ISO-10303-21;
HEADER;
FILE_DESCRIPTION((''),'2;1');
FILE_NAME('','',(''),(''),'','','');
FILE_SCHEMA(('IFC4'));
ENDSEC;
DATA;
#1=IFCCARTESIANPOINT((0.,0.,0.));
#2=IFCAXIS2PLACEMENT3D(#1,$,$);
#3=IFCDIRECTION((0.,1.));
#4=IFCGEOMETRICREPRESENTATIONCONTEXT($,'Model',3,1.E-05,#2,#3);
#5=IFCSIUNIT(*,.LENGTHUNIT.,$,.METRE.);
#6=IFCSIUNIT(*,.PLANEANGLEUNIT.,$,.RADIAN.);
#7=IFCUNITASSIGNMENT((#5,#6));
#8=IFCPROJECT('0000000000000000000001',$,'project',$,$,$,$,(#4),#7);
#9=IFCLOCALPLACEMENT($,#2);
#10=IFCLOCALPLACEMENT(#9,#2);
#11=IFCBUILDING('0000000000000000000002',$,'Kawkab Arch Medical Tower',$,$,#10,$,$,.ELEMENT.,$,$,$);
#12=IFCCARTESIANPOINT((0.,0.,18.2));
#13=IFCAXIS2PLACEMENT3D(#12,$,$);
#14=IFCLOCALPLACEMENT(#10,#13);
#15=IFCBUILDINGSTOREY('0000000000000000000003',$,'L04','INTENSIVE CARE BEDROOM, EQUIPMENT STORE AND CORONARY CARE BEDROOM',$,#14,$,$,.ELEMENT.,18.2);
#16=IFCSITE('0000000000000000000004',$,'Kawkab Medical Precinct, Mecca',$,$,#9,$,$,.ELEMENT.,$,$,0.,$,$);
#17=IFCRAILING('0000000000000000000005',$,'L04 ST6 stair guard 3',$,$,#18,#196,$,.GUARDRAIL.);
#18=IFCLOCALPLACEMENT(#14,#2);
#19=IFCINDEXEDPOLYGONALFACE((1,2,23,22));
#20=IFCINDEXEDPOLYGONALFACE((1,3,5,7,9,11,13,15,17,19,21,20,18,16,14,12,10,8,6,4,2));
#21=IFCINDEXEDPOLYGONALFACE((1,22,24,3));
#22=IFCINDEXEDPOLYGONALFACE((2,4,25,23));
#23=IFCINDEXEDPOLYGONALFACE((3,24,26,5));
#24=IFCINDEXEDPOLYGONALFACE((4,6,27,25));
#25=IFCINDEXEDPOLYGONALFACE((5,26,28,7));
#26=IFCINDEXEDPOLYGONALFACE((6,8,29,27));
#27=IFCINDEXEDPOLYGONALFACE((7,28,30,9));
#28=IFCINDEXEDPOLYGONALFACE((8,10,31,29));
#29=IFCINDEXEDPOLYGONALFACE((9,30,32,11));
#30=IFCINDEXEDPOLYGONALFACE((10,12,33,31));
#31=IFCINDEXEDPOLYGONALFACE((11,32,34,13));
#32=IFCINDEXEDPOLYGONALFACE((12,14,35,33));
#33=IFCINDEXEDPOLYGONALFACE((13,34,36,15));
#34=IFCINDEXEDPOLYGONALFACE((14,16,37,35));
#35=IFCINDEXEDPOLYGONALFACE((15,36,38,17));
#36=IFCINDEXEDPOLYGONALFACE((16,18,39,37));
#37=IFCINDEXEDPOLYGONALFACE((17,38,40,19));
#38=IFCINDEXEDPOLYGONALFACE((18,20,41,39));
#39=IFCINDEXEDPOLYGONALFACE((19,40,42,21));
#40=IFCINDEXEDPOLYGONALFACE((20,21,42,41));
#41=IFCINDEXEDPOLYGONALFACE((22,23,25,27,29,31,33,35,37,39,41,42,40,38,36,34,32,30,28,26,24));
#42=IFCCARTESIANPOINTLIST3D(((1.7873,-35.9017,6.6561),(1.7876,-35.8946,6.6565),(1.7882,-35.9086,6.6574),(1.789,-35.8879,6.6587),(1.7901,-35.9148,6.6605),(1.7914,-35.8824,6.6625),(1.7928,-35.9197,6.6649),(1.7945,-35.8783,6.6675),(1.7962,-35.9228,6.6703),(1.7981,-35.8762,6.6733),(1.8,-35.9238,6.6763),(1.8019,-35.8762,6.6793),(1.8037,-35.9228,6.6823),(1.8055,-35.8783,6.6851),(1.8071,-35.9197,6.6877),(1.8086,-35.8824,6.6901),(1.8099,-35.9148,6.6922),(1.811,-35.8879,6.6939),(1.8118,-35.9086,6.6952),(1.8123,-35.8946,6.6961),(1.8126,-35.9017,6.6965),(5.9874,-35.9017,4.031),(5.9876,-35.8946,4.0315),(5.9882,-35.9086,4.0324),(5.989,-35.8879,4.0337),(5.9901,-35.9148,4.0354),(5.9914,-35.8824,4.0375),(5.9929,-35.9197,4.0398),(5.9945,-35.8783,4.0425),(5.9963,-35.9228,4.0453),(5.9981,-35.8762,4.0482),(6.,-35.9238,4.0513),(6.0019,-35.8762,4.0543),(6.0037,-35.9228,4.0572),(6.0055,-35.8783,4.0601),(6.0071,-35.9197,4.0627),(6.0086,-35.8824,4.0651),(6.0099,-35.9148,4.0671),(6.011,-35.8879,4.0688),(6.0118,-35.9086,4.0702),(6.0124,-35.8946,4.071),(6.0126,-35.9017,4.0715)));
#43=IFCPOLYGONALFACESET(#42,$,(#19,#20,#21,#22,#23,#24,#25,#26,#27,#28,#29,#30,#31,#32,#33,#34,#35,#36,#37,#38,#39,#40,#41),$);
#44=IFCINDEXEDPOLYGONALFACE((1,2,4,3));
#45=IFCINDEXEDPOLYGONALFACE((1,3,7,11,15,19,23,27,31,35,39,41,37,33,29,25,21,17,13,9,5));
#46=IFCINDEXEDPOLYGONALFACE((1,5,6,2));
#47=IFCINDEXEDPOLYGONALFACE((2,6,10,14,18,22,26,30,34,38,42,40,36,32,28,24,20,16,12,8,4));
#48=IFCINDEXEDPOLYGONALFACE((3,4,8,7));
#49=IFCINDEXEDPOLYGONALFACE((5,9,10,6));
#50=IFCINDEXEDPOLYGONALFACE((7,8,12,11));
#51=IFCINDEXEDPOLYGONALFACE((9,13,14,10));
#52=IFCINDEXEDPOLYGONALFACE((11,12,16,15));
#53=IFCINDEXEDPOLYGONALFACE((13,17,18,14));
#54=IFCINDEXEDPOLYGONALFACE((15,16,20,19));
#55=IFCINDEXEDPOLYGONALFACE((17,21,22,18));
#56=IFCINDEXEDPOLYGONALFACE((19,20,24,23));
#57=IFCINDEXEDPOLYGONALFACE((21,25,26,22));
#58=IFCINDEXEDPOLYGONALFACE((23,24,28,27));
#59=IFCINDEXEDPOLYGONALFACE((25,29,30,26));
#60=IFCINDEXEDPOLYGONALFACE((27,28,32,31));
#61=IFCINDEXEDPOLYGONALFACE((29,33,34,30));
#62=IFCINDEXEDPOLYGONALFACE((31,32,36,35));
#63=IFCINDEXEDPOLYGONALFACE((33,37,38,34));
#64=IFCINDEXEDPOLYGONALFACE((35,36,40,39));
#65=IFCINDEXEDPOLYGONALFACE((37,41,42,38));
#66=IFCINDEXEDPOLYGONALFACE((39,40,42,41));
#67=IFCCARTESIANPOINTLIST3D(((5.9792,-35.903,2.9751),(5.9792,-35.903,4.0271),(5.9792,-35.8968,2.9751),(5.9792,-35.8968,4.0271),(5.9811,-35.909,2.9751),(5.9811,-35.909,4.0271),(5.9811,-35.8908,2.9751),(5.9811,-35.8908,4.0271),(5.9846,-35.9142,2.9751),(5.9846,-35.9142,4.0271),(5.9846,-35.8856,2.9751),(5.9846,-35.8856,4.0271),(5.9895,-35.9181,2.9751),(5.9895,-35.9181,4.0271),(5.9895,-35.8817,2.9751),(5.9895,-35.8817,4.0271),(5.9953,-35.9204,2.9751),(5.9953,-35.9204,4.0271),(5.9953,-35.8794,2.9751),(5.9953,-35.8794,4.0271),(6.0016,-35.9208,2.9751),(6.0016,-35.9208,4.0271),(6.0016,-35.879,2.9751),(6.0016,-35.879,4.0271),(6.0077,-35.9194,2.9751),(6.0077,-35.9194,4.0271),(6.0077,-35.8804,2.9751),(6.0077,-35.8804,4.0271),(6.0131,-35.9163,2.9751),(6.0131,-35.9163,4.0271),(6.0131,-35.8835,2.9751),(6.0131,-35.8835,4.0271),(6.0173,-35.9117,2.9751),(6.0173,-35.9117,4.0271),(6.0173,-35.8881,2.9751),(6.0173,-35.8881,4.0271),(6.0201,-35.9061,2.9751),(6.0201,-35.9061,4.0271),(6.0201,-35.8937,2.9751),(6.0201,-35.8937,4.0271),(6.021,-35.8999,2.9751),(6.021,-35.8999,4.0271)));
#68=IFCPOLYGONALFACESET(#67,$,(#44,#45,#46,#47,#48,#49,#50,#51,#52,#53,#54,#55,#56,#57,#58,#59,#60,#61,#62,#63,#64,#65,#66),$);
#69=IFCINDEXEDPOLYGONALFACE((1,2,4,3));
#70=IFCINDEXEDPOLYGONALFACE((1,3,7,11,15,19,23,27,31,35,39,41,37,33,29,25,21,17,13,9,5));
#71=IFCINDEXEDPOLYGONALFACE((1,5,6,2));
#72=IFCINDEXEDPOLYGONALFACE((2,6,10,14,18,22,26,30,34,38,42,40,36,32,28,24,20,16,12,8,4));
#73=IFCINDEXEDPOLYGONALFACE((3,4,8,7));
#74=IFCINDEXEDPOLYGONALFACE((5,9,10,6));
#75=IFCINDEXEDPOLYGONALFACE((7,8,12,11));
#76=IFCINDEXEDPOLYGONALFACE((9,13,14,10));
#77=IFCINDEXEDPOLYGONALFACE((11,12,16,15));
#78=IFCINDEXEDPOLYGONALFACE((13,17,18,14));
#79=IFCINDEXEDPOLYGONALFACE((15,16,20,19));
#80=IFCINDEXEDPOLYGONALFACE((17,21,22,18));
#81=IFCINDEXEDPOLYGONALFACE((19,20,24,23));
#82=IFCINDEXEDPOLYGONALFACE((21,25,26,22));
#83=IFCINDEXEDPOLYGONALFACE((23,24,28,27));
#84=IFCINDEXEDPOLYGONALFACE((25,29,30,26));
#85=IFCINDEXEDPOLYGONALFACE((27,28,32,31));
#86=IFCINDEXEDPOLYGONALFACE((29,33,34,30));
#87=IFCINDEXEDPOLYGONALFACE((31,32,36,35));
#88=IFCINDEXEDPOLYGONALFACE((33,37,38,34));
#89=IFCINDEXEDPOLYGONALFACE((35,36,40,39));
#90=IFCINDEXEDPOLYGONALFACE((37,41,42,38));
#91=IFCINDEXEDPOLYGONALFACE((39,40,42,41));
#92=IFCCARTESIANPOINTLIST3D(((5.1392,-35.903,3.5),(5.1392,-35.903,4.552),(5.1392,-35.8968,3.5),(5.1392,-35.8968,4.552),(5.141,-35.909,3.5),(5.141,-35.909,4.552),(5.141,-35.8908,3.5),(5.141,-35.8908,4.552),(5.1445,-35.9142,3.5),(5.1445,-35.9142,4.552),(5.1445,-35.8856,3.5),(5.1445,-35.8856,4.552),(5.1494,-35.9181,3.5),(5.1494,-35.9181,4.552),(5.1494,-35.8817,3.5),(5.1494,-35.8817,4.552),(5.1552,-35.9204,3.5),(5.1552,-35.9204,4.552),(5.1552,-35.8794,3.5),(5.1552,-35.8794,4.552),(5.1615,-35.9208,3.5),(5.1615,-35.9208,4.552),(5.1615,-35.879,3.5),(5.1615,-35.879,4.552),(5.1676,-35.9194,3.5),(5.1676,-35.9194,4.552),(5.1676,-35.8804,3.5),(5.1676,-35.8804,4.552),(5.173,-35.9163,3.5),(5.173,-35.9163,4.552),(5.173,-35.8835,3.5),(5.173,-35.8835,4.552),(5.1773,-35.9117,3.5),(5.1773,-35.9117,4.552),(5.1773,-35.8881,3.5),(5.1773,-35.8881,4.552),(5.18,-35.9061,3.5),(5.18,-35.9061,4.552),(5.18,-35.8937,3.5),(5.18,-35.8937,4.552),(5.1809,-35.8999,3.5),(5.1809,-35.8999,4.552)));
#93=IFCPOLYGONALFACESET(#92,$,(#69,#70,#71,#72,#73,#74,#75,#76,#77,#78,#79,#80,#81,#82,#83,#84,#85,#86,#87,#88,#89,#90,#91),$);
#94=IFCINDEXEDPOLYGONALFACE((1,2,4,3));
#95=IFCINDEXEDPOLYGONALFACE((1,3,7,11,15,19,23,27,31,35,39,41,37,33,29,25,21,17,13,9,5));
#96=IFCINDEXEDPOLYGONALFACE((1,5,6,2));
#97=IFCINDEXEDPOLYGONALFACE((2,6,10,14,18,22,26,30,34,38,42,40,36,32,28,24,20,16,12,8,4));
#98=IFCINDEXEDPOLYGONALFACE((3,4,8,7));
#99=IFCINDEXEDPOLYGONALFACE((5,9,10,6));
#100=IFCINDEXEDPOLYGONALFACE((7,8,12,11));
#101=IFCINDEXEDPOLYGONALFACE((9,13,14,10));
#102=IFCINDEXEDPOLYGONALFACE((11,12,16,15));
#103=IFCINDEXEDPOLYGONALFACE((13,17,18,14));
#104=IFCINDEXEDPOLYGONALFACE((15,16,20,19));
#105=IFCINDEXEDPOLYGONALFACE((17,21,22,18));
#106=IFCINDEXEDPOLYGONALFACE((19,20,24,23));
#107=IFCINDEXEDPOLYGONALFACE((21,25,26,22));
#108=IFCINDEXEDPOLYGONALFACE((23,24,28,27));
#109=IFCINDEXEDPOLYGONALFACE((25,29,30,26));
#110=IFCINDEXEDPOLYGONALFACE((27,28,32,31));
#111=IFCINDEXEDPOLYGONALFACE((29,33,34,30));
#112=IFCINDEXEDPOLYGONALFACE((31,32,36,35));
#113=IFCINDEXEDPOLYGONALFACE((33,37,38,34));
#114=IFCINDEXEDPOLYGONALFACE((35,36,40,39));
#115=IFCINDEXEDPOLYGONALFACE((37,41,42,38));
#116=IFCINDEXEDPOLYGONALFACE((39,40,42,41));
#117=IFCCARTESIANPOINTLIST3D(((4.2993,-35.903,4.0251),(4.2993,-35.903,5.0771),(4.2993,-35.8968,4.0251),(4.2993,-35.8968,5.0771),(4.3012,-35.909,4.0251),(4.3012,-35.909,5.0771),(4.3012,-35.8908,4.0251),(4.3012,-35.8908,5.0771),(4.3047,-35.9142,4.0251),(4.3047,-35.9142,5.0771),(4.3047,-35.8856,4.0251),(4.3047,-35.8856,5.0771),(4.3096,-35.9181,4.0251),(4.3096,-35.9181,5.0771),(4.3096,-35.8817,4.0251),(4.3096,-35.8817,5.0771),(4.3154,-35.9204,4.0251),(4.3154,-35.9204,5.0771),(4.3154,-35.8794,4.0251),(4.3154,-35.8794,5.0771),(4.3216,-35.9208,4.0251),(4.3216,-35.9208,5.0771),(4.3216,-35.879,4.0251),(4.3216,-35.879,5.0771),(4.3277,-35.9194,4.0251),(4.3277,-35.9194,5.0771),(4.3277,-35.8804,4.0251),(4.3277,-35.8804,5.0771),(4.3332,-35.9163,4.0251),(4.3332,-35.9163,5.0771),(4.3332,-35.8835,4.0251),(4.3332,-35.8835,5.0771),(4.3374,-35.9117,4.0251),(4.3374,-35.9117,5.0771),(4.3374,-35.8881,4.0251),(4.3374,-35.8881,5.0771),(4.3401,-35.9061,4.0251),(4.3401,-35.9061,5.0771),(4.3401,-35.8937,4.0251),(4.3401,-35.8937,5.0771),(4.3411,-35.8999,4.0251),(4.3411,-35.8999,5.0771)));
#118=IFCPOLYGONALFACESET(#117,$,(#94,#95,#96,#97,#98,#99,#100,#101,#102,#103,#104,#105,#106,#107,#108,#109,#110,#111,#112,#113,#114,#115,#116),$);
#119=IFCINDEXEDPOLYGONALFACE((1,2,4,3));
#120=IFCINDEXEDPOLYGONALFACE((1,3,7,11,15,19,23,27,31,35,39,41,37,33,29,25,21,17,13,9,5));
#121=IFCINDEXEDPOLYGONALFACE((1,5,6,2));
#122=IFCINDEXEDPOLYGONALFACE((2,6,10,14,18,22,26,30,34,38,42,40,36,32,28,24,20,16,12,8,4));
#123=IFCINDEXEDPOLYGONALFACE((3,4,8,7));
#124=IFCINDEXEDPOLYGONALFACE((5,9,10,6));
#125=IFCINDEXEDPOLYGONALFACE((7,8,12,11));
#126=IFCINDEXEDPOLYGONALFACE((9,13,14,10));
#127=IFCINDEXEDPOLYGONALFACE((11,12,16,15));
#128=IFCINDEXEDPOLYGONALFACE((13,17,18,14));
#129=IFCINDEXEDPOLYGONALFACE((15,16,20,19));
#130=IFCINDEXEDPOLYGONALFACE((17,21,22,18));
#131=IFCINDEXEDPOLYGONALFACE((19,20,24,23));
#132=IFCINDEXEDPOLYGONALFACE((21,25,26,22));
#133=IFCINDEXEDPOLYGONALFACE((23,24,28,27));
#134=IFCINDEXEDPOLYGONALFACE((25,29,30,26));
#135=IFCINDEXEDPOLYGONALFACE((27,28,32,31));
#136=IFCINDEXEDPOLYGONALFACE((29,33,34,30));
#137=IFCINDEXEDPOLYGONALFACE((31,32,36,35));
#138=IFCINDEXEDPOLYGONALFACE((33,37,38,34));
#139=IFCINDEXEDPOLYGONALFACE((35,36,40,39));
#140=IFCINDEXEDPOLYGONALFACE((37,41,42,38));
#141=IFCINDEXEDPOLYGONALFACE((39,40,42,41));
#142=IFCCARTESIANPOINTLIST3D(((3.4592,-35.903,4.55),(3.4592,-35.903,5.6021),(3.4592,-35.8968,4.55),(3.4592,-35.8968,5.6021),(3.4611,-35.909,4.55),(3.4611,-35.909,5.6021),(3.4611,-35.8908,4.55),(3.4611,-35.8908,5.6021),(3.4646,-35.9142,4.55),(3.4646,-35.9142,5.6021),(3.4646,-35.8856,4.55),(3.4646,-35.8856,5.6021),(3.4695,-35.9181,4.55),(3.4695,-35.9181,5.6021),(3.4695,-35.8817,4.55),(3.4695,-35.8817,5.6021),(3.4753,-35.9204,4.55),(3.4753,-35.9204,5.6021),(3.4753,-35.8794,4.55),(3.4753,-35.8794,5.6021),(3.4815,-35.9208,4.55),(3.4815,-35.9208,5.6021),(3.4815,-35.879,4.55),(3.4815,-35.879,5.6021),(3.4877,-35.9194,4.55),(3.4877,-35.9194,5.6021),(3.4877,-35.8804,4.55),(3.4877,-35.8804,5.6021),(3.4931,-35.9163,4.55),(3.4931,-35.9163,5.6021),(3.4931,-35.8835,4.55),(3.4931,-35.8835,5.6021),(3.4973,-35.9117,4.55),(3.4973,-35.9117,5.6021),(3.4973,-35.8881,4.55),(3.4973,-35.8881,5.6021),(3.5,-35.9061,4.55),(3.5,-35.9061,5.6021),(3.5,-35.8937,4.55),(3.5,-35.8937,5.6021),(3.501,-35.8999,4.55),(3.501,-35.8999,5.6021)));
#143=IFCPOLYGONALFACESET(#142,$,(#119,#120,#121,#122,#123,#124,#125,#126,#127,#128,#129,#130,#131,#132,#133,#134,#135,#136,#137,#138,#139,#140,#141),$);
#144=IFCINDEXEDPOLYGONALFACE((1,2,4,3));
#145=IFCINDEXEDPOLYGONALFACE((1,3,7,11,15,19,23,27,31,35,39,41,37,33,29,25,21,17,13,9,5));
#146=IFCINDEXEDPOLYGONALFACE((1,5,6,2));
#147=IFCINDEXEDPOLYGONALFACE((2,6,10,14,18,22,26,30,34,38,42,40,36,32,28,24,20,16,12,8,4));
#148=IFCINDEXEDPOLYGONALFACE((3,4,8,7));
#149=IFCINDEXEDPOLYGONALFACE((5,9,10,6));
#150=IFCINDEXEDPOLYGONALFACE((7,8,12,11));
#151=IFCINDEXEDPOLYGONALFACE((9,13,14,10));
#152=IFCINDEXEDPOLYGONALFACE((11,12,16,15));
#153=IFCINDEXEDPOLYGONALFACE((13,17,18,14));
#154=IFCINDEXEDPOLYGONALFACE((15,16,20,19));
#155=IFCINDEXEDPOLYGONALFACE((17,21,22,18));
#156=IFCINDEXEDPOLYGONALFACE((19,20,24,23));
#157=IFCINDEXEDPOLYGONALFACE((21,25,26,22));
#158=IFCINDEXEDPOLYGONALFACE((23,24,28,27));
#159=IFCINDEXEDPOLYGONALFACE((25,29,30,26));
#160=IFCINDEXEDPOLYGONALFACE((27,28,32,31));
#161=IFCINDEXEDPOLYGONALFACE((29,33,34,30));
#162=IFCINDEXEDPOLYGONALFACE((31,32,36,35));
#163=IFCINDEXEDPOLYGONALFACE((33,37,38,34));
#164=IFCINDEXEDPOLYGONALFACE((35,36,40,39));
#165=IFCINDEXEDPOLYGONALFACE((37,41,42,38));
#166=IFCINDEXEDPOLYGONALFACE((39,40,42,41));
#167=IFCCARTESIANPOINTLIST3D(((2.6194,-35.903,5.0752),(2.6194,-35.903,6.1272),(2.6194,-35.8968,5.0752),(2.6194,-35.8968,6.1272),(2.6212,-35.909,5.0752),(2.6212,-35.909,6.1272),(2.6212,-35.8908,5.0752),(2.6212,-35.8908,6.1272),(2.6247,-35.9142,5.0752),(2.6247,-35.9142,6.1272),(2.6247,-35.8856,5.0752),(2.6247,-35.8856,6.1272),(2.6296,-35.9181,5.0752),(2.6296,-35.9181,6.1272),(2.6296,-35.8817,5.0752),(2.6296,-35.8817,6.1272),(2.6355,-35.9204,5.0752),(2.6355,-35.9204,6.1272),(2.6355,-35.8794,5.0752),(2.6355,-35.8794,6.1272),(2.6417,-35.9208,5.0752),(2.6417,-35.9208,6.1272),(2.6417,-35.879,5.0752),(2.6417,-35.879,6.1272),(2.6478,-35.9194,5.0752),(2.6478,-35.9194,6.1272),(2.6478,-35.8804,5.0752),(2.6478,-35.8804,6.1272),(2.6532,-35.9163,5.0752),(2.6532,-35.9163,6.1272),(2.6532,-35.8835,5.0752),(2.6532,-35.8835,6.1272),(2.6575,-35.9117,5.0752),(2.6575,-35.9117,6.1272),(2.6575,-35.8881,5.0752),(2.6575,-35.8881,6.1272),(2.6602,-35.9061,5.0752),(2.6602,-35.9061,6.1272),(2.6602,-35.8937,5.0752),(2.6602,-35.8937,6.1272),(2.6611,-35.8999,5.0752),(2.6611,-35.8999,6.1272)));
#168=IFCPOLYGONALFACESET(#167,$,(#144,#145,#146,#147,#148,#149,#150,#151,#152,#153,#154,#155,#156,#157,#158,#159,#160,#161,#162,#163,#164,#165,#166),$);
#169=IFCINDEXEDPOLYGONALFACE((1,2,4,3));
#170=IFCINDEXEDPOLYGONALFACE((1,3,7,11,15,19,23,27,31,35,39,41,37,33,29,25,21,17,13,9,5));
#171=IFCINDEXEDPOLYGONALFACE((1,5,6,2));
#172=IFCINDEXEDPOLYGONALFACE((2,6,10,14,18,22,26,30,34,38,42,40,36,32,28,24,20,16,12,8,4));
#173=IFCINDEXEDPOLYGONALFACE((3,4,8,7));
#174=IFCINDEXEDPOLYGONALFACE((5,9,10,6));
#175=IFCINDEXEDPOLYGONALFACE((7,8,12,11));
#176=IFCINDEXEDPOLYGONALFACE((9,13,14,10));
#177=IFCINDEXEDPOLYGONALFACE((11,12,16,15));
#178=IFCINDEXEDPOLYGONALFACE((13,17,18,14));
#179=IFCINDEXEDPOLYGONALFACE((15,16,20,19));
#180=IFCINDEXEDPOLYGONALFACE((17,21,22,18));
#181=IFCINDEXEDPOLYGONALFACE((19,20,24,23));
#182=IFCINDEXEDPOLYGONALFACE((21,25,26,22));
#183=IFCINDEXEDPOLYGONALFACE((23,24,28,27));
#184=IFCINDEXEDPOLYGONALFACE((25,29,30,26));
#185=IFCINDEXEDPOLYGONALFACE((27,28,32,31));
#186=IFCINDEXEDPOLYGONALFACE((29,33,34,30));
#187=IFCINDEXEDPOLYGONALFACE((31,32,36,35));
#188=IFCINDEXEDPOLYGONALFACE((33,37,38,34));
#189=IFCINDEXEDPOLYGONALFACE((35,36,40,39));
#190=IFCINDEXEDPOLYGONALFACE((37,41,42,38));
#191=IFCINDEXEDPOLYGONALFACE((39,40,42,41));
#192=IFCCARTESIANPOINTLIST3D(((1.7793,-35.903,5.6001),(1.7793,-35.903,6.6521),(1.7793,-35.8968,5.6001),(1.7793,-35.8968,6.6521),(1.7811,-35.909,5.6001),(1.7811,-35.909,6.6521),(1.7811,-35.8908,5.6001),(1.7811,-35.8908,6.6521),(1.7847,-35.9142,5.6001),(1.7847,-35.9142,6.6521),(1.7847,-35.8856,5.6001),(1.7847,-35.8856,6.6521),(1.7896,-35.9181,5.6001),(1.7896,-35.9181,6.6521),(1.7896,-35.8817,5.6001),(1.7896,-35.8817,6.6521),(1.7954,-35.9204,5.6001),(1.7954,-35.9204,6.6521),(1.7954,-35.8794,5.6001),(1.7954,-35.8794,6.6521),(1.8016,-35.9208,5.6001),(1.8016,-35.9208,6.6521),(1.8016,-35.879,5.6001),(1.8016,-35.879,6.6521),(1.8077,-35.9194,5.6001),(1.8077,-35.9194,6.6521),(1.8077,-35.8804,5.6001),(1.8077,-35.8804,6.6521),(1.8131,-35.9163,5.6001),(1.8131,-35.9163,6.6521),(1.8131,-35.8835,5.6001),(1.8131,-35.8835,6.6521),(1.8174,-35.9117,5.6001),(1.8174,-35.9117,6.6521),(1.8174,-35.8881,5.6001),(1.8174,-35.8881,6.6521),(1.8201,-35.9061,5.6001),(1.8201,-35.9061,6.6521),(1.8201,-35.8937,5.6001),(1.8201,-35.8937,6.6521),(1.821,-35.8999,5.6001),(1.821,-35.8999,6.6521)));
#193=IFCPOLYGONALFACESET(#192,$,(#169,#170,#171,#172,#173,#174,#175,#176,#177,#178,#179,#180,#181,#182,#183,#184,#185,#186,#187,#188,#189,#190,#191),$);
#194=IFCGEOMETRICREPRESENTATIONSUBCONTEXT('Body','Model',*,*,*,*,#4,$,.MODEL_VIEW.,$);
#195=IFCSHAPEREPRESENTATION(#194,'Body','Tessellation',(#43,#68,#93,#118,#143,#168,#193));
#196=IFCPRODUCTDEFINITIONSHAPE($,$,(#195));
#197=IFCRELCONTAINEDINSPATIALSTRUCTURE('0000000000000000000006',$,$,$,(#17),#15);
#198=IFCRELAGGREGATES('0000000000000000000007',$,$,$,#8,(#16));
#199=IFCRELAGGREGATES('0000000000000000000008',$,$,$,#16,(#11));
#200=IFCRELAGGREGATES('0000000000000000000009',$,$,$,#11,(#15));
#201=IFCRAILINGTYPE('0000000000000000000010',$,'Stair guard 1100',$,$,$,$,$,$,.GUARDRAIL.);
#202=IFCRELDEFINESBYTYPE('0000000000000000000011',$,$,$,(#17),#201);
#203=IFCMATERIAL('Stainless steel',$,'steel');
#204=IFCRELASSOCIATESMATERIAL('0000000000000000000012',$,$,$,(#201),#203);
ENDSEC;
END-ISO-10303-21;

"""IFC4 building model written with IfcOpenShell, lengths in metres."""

from ifc_helpers import new_model, si_unit, direction, frame, origin, origin_2d, place, context, subcontext, project, spatial, circle, extrude, material, type_object, element, save


model = new_model("IFC4")

# Units and contexts
model_context = context("Model", 3, precision=1e-05, world=origin(), true_north=direction((0.0, 1.0)))
body_context = subcontext(model_context, "Body", "Model", "MODEL_VIEW")
ifc_project = project(units=[si_unit("LENGTHUNIT", "METRE"), si_unit("PLANEANGLEUNIT", "RADIAN")], contexts=[model_context])

# Site, building, storey
site_placement = place(None, origin())
site = spatial("IfcSite", under=ifc_project, at=site_placement, Name="Kawkab Medical Precinct, Mecca", CompositionType="ELEMENT", RefElevation=0.0)
building_placement = place(site_placement, origin())
building = spatial("IfcBuilding", under=site, at=building_placement, Name="Kawkab Arch Medical Tower", CompositionType="ELEMENT")
storey_placement = place(building_placement, frame((0.0, 0.0, 18.2)))
storey = spatial("IfcBuildingStorey", under=building, at=storey_placement, Name="L04", Description="INTENSIVE CARE BEDROOM, EQUIPMENT STORE AND CORONARY CARE BEDROOM", CompositionType="ELEMENT", Elevation=18.2)

# Railing
ifc_material_1 = material(Name="Stainless steel", Category="steel")
railing_type = type_object("IfcRailingType", Name="Stair guard 1100", PredefinedType="GUARDRAIL", material=ifc_material_1)
railing_1_placement = place(storey_placement, frame((6.0, -35.8999, 2.9751)))
element("IfcRailing", 1, at=railing_1_placement, inside=storey, type_object=railing_type, Name="L04 ST6 stair guard 3", PredefinedType="GUARDRAIL", context=body_context, shape_type="SweptSolid", body=[
    extrude(circle(Radius=0.0239, at=origin_2d()), frame((0.0, 0.0, 1.0762), z_axis=(-0.847996, 0.0, 0.530003), x_axis=(0.0, -1.0, 0.0)), (0.0, 0.0, 1.0), 4.9529),
    extrude(circle(Radius=0.021, at=origin_2d()), origin(), (0.0, 0.0, 1.0), 1.052),
    extrude(circle(Radius=0.021, at=origin_2d()), frame((-0.8401, 0.0, 0.5249)), (0.0, 0.0, 1.0), 1.052),
    extrude(circle(Radius=0.021, at=origin_2d()), frame((-1.6799, 0.0, 1.05)), (0.0, 0.0, 1.0), 1.052),
    extrude(circle(Radius=0.021, at=origin_2d()), frame((-2.52, 0.0, 1.575)), (0.0, 0.0, 1.0), 1.052),
    extrude(circle(Radius=0.021, at=origin_2d()), frame((-3.3599, 0.0, 2.1001)), (0.0, 0.0, 1.0), 1.052),
    extrude(circle(Radius=0.021, at=origin_2d()), frame((-4.2, 0.0, 2.625)), (0.0, 0.0, 1.0), 1.052),
])

save(model, "model.ifc")
